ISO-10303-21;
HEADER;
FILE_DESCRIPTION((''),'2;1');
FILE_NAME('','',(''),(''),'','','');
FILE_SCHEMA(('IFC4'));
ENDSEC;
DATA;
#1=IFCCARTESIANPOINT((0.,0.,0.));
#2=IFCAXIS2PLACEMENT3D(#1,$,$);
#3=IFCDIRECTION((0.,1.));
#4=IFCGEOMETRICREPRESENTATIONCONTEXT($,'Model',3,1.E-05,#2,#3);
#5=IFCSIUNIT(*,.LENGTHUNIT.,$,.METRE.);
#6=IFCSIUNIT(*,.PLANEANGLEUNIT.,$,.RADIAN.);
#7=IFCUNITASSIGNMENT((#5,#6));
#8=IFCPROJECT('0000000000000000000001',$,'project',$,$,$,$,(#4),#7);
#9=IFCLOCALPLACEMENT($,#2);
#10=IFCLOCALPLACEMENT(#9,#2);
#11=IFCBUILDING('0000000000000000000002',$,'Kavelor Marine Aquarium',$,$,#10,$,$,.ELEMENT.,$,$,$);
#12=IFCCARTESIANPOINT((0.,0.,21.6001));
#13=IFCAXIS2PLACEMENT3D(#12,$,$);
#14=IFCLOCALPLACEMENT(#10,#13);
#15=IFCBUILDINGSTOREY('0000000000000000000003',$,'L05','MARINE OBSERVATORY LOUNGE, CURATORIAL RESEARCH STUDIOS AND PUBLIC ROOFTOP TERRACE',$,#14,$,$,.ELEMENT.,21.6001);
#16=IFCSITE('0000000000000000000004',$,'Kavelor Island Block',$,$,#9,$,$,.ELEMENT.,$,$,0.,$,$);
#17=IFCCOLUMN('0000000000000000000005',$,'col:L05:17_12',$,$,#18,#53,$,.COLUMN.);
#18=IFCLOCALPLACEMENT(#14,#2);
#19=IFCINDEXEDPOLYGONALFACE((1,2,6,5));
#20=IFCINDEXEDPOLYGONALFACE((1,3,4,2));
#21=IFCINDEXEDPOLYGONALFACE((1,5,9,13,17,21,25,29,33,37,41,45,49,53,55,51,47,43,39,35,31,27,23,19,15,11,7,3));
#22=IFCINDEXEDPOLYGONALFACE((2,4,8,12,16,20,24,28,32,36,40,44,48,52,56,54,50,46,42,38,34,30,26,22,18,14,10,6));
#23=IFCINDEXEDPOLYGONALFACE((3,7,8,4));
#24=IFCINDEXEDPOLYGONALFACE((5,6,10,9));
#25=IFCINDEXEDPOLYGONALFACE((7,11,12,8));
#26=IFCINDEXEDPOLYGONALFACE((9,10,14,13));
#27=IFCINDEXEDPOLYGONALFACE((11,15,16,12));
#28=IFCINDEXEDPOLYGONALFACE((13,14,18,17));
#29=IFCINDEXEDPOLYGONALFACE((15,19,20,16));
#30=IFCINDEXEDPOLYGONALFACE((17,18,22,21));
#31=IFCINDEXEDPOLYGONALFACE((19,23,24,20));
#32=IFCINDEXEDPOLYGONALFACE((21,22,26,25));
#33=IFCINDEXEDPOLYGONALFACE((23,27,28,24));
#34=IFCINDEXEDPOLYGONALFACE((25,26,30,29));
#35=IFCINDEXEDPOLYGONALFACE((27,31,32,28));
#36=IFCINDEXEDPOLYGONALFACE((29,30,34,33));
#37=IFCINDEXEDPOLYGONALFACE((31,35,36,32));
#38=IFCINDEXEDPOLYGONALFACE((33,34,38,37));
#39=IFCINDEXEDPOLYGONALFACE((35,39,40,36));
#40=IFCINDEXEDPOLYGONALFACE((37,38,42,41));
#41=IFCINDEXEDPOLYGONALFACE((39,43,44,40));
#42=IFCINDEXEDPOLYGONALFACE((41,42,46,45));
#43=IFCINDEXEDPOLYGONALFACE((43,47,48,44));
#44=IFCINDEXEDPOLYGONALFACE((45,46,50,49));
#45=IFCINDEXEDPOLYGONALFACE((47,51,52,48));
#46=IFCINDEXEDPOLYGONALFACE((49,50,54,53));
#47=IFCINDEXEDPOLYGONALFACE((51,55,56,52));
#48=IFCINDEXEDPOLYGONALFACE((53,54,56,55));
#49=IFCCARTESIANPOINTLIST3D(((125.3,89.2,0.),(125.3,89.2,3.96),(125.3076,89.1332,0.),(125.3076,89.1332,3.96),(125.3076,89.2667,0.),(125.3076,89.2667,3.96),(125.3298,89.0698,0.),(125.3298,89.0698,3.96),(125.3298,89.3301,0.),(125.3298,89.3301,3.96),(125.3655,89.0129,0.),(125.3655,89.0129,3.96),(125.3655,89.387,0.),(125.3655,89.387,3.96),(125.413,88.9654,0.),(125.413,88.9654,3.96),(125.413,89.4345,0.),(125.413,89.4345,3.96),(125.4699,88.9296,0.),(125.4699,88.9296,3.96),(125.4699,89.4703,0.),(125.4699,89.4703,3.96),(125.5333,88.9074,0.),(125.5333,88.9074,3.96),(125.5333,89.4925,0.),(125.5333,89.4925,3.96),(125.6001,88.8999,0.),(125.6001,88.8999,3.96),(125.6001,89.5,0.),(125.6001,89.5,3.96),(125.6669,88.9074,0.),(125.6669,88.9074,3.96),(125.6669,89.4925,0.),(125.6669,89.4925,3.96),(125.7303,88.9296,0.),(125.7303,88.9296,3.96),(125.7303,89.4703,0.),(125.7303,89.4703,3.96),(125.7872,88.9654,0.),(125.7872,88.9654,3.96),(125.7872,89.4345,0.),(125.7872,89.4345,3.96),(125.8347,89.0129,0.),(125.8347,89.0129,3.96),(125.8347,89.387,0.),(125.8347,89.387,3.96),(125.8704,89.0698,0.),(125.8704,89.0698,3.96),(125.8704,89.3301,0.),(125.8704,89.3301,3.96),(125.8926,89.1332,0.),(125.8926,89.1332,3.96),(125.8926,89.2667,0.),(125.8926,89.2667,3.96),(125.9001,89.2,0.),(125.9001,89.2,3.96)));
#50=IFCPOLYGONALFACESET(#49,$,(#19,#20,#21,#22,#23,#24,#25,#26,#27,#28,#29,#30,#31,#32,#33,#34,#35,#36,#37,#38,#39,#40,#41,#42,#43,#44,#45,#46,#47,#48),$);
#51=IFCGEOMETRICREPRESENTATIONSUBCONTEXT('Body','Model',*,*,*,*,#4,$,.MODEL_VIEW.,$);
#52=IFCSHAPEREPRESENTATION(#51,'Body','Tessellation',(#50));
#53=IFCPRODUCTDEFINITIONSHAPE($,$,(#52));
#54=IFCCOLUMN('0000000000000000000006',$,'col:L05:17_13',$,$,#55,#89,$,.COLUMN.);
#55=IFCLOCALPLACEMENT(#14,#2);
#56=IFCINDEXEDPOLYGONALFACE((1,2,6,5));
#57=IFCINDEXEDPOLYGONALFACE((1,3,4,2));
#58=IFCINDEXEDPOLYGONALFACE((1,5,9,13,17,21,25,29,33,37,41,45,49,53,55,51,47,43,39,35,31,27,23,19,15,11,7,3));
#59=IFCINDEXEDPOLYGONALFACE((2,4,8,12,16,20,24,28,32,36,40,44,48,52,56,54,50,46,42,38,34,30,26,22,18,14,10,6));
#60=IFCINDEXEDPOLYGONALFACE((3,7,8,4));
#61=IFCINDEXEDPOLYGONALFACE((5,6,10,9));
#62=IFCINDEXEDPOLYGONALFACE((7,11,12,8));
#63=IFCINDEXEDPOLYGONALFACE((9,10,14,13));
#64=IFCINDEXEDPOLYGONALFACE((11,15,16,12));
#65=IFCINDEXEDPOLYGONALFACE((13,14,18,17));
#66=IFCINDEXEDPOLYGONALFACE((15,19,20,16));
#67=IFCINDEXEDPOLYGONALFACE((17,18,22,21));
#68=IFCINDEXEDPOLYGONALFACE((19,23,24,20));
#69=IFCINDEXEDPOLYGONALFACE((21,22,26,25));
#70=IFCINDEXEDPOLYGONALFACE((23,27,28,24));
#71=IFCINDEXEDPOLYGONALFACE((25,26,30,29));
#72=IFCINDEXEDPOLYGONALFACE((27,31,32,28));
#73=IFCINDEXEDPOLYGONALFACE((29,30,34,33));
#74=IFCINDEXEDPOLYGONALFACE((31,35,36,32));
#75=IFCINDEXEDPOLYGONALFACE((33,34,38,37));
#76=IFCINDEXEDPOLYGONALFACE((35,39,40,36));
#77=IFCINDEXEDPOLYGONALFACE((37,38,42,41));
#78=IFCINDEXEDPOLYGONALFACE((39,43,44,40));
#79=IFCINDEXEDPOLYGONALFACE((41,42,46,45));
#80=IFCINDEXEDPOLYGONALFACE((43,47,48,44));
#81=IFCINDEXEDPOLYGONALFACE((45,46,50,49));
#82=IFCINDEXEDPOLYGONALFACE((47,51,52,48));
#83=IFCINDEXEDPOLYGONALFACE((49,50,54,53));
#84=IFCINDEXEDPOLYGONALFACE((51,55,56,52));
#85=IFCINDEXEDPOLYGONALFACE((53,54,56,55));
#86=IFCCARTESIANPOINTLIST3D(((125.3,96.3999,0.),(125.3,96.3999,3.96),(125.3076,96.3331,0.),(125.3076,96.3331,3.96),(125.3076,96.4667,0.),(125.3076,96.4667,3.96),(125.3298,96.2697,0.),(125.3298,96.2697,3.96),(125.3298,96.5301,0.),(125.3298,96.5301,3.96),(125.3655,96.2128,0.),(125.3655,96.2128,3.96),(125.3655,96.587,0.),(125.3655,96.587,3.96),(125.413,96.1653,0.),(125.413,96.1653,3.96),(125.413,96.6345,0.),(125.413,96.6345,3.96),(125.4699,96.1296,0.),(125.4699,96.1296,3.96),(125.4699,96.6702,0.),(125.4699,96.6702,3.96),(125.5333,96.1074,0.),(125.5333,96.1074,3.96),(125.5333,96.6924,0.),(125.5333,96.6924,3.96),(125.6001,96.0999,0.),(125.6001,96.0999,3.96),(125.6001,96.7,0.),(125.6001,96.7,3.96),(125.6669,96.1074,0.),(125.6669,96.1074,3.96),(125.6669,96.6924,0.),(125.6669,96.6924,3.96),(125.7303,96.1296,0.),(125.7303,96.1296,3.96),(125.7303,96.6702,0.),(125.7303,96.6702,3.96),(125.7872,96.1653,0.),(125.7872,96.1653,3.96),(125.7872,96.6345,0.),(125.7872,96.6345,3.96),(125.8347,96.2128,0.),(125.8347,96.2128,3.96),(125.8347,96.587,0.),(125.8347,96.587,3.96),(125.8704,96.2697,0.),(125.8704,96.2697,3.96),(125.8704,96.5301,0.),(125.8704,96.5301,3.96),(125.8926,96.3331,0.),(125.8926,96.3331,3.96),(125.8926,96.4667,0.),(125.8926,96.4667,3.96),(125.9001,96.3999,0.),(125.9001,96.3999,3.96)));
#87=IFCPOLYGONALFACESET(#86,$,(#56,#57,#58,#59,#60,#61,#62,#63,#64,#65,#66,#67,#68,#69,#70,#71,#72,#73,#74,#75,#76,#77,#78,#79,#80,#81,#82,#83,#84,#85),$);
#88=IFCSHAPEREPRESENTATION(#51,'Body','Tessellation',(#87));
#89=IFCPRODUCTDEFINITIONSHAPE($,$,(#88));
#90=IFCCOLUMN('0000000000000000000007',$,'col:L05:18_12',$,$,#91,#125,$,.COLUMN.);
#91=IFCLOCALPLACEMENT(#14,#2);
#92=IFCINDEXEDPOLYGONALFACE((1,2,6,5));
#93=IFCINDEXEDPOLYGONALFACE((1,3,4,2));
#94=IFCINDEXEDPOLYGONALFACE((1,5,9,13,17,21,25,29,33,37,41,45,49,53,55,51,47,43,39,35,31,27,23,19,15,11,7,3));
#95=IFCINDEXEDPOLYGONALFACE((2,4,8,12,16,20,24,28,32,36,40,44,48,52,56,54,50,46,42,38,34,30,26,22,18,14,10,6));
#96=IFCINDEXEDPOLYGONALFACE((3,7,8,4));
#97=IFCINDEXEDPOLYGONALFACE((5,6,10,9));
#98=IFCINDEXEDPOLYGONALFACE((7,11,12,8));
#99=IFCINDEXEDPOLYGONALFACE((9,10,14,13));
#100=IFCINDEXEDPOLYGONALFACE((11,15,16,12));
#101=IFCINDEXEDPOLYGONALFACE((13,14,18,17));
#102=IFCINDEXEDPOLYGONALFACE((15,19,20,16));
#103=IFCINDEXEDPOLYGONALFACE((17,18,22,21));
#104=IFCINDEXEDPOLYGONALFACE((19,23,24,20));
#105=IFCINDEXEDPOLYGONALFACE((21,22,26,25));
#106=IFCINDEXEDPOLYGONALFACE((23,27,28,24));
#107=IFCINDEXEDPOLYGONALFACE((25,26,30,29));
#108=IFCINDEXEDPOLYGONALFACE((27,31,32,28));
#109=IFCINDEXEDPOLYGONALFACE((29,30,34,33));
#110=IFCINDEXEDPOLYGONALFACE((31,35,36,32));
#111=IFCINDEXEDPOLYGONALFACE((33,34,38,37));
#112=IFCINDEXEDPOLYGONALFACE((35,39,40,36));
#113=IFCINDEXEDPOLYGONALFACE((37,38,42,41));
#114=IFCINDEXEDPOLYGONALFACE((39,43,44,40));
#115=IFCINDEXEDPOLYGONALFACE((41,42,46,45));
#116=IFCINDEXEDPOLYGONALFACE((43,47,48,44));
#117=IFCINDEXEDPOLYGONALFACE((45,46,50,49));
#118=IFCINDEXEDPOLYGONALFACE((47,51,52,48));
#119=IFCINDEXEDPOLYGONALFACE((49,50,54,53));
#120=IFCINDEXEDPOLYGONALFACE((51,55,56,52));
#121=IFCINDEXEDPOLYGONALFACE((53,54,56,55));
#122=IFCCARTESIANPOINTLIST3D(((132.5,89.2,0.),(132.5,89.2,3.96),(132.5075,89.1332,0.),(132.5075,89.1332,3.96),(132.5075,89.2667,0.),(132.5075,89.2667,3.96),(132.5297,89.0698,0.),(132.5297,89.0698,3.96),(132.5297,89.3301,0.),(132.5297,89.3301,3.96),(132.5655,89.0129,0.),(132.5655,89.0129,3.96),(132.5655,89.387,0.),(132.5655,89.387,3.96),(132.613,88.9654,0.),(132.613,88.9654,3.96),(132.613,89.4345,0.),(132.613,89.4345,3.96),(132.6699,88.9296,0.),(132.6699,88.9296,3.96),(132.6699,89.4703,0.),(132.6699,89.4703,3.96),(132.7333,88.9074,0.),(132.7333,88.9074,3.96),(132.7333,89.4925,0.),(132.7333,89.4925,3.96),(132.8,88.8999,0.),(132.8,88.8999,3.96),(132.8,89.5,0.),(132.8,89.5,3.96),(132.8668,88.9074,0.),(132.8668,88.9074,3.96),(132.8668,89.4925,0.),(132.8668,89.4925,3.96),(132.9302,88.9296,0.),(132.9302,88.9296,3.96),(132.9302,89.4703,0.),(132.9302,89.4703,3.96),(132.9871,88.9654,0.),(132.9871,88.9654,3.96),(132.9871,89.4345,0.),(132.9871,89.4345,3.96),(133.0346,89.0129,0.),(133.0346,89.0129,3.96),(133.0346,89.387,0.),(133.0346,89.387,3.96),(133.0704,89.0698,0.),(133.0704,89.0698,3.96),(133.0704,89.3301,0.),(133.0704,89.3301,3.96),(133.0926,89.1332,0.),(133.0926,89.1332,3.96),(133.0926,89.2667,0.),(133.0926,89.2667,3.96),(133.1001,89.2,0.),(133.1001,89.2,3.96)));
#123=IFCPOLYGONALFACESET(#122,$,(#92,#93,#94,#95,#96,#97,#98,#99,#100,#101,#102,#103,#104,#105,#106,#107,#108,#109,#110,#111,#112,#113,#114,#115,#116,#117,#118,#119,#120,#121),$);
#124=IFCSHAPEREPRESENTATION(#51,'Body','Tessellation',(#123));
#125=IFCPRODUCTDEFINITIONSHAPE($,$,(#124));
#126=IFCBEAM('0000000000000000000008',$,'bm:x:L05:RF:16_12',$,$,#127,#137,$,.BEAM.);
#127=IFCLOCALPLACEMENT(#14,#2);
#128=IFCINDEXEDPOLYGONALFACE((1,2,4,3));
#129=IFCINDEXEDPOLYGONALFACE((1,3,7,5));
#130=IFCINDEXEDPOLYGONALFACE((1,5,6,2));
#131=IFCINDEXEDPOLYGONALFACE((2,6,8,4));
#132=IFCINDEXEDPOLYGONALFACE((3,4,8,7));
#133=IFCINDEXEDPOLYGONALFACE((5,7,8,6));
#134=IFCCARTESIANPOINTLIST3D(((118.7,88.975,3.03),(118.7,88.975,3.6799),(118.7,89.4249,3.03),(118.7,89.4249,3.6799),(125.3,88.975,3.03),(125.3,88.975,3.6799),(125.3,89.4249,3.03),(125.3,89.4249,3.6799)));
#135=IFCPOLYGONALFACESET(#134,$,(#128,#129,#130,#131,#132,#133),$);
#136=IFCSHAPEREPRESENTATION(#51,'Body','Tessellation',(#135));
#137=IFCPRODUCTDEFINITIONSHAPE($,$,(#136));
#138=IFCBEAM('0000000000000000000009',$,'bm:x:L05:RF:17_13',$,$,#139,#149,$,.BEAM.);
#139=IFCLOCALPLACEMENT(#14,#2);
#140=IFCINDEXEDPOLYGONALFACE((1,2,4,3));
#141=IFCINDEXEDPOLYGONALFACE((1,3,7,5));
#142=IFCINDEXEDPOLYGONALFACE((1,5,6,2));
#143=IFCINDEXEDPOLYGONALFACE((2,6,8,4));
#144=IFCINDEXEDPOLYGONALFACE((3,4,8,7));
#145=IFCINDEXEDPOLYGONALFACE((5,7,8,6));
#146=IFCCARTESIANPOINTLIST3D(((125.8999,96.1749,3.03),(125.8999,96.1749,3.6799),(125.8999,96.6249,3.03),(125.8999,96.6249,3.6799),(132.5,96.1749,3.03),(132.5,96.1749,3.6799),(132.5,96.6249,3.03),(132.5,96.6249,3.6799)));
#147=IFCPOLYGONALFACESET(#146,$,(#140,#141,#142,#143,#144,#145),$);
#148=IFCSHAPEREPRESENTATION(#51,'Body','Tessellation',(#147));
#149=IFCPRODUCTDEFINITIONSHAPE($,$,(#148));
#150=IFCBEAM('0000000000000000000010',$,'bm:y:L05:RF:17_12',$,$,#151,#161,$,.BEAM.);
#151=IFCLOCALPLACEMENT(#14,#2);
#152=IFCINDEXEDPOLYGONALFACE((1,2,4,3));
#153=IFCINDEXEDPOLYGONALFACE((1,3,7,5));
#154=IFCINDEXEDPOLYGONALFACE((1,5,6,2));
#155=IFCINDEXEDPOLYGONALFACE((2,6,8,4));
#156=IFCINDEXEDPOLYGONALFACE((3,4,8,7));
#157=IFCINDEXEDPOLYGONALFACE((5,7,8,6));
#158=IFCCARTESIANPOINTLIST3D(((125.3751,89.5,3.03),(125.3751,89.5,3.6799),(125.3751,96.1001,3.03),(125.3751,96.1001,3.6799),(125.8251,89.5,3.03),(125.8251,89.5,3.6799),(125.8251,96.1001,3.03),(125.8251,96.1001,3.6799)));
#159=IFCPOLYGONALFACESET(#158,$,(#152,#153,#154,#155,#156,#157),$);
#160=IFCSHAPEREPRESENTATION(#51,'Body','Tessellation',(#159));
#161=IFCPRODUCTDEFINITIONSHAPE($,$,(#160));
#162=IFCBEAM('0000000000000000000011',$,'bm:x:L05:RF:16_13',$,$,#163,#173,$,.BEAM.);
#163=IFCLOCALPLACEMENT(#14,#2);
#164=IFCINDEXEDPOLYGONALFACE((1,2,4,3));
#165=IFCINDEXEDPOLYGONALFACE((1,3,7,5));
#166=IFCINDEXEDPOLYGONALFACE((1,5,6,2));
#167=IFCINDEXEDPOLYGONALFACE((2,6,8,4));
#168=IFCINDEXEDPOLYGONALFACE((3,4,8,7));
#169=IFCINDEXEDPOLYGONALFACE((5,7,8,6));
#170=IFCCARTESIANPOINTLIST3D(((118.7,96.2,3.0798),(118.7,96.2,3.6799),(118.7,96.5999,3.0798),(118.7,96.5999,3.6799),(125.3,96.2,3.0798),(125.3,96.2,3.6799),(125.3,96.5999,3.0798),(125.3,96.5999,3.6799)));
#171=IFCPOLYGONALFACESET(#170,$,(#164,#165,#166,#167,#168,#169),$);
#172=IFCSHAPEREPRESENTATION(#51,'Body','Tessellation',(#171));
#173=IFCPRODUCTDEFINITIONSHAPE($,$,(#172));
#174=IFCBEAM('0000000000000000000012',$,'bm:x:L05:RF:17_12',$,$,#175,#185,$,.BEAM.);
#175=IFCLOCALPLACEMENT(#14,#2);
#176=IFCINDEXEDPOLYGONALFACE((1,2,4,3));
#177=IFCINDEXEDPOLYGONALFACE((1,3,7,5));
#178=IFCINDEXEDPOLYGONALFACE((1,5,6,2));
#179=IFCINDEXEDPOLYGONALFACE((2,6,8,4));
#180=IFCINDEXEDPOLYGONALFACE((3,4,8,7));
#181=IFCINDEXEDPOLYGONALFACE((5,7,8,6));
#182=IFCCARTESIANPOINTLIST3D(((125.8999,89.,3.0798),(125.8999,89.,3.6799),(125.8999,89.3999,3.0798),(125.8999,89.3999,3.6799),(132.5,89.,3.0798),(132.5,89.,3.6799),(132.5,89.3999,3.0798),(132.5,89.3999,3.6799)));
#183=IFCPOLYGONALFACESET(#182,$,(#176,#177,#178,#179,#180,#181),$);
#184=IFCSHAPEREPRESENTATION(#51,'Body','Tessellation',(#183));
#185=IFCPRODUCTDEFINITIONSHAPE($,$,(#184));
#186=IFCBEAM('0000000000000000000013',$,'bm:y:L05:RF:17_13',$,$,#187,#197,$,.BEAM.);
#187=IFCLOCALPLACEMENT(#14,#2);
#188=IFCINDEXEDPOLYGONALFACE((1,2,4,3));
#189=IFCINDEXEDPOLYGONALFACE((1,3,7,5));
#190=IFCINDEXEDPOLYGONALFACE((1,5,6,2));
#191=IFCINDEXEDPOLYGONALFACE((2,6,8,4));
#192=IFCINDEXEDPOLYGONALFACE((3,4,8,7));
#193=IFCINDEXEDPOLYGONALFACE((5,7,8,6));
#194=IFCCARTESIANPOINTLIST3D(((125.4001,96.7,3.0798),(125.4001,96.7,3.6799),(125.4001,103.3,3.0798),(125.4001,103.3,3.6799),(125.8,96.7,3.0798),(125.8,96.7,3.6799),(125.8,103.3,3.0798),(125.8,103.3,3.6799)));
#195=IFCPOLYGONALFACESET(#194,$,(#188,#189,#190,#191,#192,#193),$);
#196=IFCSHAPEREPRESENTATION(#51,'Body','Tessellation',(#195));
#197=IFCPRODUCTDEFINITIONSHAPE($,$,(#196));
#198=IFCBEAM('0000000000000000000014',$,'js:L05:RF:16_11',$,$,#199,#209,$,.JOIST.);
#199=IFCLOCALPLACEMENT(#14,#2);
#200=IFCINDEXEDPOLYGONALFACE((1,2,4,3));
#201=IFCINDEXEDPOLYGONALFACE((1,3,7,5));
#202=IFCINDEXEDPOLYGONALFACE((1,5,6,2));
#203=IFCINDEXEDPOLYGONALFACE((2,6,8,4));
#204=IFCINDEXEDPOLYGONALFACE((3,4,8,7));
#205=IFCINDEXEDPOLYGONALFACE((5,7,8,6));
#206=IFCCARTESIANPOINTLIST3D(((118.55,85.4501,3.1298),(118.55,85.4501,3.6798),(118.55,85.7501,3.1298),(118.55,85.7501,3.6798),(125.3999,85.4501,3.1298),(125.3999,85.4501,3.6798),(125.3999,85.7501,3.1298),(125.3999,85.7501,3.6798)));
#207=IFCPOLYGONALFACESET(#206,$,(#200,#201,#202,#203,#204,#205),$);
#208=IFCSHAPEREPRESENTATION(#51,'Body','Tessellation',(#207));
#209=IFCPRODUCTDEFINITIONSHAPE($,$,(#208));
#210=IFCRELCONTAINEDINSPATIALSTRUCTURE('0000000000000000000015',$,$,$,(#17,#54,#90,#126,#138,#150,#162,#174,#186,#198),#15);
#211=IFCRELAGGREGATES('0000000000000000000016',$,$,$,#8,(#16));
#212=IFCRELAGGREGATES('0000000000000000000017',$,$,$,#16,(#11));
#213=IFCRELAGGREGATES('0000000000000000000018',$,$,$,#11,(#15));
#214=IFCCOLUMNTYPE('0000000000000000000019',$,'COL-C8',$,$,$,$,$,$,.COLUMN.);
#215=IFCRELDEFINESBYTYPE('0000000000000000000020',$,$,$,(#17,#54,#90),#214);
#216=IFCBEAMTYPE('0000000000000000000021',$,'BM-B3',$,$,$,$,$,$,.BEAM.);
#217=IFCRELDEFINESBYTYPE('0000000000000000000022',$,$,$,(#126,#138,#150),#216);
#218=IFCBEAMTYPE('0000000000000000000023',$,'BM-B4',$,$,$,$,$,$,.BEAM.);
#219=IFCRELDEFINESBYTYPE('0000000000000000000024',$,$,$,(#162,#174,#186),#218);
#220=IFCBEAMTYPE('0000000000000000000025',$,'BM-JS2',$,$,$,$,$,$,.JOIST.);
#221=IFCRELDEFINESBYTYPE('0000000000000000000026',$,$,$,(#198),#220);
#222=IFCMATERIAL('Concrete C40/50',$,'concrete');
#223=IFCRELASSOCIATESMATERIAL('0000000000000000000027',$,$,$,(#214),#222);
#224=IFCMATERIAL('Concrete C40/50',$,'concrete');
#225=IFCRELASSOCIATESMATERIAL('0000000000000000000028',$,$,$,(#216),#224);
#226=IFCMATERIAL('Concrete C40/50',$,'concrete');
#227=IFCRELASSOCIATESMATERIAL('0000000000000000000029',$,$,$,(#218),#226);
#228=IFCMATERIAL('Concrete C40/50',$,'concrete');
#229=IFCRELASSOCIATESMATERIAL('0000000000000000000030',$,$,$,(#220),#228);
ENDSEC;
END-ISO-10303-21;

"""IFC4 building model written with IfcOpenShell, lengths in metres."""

from ifc_helpers import new_model, si_unit, direction, frame, origin, origin_2d, place, context, subcontext, project, spatial, rectangle, circle, extrude, material, material_profile, profile_set, type_object, element, save


model = new_model("IFC4")

# Units and contexts
model_context = context("Model", 3, precision=1e-05, world=origin(), true_north=direction((0.0, 1.0)))
body_context = subcontext(model_context, "Body", "Model", "MODEL_VIEW")
ifc_project = project(units=[si_unit("LENGTHUNIT", "METRE"), si_unit("PLANEANGLEUNIT", "RADIAN")], contexts=[model_context])

# Site, building, storey
site_placement = place(None, origin())
site = spatial("IfcSite", under=ifc_project, at=site_placement, Name="Kavelor Island Block", CompositionType="ELEMENT", RefElevation=0.0)
building_placement = place(site_placement, origin())
building = spatial("IfcBuilding", under=site, at=building_placement, Name="Kavelor Marine Aquarium", CompositionType="ELEMENT")
storey_placement = place(building_placement, frame((0.0, 0.0, 21.6001)))
storey = spatial("IfcBuildingStorey", under=building, at=storey_placement, Name="L05", Description="MARINE OBSERVATORY LOUNGE, CURATORIAL RESEARCH STUDIOS AND PUBLIC ROOFTOP TERRACE", CompositionType="ELEMENT", Elevation=21.6001)

# Columns
ifc_material_1 = material(Name="Concrete C40/50", Category="concrete")
ifc_material_profile_1 = material_profile(ifc_material_1, circle(Radius=0.3, at=origin_2d()), Name="RC-COL D600")
ifc_profile_set_1 = profile_set([ifc_material_profile_1], Name="Concrete C40/50")
column_type = type_object("IfcColumnType", Name="COL-C8", PredefinedType="COLUMN", material=ifc_profile_set_1)
for number, where, z_axis, x_axis, name in (
    (1, (125.6001, 89.2, 0.0), (0.0, 0.0, 1.0), (1.0, 0.0, 0.0), "col:L05:17_12"),
    (2, (125.6001, 96.3999, 0.0), (0.0, 0.0, 1.0), (1.0, 0.0, 0.0), "col:L05:17_13"),
    (3, (132.8, 89.2, 0.0), (0.0, 0.0, 1.0), (1.0, 0.0, 0.0), "col:L05:18_12"),
):
    element("IfcColumn", number, at=place(storey_placement, frame(where, z_axis=z_axis, x_axis=x_axis)), inside=storey, type_object=column_type, Name=name, PredefinedType="COLUMN", context=body_context, shape_type="SweptSolid", body=[
        extrude(circle(Radius=0.3, at=origin_2d()), origin(), (0.0, 0.0, 1.0), 3.96),
    ])

# Beams
ifc_material_2 = material(Name="Concrete C40/50", Category="concrete")
ifc_material_profile_2 = material_profile(ifc_material_2, rectangle(XDim=0.45, YDim=0.6499, at=origin_2d()), Name="RC-BM 450x650")
ifc_profile_set_2 = profile_set([ifc_material_profile_2], Name="Concrete C40/50")
beam_type_1 = type_object("IfcBeamType", Name="BM-B3", PredefinedType="BEAM", material=ifc_profile_set_2)
for number, where, z_axis, x_axis, name in (
    (4, (118.7, 89.2, 3.355), (1.0, 0.0, 0.0), (0.0, 1.0, 0.0), "bm:x:L05:RF:16_12"),
    (5, (125.8999, 96.3999, 3.355), (1.0, 0.0, 0.0), (0.0, 1.0, 0.0), "bm:x:L05:RF:17_13"),
    (6, (125.6001, 89.5, 3.355), (0.0, 1.0, 0.0), (-1.0, 0.0, 0.0), "bm:y:L05:RF:17_12"),
):
    element("IfcBeam", number, at=place(storey_placement, frame(where, z_axis=z_axis, x_axis=x_axis)), inside=storey, type_object=beam_type_1, Name=name, PredefinedType="BEAM", context=body_context, shape_type="SweptSolid", body=[
        extrude(rectangle(XDim=0.45, YDim=0.6499, at=origin_2d()), origin(), (0.0, 0.0, 1.0), 6.6001),
    ])
ifc_material_3 = material(Name="Concrete C40/50", Category="concrete")
ifc_material_profile_3 = material_profile(ifc_material_3, rectangle(XDim=0.3999, YDim=0.6001, at=origin_2d()), Name="RC-BM 400x600")
ifc_profile_set_3 = profile_set([ifc_material_profile_3], Name="Concrete C40/50")
beam_type_2 = type_object("IfcBeamType", Name="BM-B4", PredefinedType="BEAM", material=ifc_profile_set_3)
for number, where, z_axis, x_axis, name in (
    (7, (118.7, 96.3999, 3.3799), (1.0, 0.0, 0.0), (0.0, 1.0, 0.0), "bm:x:L05:RF:16_13"),
    (8, (125.8999, 89.2, 3.3799), (1.0, 0.0, 0.0), (0.0, 1.0, 0.0), "bm:x:L05:RF:17_12"),
    (9, (125.6001, 96.7, 3.3799), (0.0, 1.0, 0.0), (-1.0, 0.0, 0.0), "bm:y:L05:RF:17_13"),
):
    element("IfcBeam", number, at=place(storey_placement, frame(where, z_axis=z_axis, x_axis=x_axis)), inside=storey, type_object=beam_type_2, Name=name, PredefinedType="BEAM", context=body_context, shape_type="SweptSolid", body=[
        extrude(rectangle(XDim=0.3999, YDim=0.6001, at=origin_2d()), origin(), (0.0, 0.0, 1.0), 6.6001),
    ])
ifc_material_4 = material(Name="Concrete C40/50", Category="concrete")
ifc_material_profile_4 = material_profile(ifc_material_4, rectangle(XDim=0.3, YDim=0.55, at=origin_2d()), Name="RC-JS 300x550")
ifc_profile_set_4 = profile_set([ifc_material_profile_4], Name="Concrete C40/50")
beam_type_3 = type_object("IfcBeamType", Name="BM-JS2", PredefinedType="JOIST", material=ifc_profile_set_4)
beam_1_placement = place(storey_placement, frame((118.55, 85.6001, 3.4048), z_axis=(1.0, 0.0, 0.0), x_axis=(0.0, 1.0, 0.0)))
element("IfcBeam", 10, at=beam_1_placement, inside=storey, type_object=beam_type_3, Name="js:L05:RF:16_11", PredefinedType="JOIST", context=body_context, shape_type="SweptSolid", body=[
    extrude(rectangle(XDim=0.3, YDim=0.55, at=origin_2d()), origin(), (0.0, 0.0, 1.0), 6.8499),
])

save(model, "model.ifc")
